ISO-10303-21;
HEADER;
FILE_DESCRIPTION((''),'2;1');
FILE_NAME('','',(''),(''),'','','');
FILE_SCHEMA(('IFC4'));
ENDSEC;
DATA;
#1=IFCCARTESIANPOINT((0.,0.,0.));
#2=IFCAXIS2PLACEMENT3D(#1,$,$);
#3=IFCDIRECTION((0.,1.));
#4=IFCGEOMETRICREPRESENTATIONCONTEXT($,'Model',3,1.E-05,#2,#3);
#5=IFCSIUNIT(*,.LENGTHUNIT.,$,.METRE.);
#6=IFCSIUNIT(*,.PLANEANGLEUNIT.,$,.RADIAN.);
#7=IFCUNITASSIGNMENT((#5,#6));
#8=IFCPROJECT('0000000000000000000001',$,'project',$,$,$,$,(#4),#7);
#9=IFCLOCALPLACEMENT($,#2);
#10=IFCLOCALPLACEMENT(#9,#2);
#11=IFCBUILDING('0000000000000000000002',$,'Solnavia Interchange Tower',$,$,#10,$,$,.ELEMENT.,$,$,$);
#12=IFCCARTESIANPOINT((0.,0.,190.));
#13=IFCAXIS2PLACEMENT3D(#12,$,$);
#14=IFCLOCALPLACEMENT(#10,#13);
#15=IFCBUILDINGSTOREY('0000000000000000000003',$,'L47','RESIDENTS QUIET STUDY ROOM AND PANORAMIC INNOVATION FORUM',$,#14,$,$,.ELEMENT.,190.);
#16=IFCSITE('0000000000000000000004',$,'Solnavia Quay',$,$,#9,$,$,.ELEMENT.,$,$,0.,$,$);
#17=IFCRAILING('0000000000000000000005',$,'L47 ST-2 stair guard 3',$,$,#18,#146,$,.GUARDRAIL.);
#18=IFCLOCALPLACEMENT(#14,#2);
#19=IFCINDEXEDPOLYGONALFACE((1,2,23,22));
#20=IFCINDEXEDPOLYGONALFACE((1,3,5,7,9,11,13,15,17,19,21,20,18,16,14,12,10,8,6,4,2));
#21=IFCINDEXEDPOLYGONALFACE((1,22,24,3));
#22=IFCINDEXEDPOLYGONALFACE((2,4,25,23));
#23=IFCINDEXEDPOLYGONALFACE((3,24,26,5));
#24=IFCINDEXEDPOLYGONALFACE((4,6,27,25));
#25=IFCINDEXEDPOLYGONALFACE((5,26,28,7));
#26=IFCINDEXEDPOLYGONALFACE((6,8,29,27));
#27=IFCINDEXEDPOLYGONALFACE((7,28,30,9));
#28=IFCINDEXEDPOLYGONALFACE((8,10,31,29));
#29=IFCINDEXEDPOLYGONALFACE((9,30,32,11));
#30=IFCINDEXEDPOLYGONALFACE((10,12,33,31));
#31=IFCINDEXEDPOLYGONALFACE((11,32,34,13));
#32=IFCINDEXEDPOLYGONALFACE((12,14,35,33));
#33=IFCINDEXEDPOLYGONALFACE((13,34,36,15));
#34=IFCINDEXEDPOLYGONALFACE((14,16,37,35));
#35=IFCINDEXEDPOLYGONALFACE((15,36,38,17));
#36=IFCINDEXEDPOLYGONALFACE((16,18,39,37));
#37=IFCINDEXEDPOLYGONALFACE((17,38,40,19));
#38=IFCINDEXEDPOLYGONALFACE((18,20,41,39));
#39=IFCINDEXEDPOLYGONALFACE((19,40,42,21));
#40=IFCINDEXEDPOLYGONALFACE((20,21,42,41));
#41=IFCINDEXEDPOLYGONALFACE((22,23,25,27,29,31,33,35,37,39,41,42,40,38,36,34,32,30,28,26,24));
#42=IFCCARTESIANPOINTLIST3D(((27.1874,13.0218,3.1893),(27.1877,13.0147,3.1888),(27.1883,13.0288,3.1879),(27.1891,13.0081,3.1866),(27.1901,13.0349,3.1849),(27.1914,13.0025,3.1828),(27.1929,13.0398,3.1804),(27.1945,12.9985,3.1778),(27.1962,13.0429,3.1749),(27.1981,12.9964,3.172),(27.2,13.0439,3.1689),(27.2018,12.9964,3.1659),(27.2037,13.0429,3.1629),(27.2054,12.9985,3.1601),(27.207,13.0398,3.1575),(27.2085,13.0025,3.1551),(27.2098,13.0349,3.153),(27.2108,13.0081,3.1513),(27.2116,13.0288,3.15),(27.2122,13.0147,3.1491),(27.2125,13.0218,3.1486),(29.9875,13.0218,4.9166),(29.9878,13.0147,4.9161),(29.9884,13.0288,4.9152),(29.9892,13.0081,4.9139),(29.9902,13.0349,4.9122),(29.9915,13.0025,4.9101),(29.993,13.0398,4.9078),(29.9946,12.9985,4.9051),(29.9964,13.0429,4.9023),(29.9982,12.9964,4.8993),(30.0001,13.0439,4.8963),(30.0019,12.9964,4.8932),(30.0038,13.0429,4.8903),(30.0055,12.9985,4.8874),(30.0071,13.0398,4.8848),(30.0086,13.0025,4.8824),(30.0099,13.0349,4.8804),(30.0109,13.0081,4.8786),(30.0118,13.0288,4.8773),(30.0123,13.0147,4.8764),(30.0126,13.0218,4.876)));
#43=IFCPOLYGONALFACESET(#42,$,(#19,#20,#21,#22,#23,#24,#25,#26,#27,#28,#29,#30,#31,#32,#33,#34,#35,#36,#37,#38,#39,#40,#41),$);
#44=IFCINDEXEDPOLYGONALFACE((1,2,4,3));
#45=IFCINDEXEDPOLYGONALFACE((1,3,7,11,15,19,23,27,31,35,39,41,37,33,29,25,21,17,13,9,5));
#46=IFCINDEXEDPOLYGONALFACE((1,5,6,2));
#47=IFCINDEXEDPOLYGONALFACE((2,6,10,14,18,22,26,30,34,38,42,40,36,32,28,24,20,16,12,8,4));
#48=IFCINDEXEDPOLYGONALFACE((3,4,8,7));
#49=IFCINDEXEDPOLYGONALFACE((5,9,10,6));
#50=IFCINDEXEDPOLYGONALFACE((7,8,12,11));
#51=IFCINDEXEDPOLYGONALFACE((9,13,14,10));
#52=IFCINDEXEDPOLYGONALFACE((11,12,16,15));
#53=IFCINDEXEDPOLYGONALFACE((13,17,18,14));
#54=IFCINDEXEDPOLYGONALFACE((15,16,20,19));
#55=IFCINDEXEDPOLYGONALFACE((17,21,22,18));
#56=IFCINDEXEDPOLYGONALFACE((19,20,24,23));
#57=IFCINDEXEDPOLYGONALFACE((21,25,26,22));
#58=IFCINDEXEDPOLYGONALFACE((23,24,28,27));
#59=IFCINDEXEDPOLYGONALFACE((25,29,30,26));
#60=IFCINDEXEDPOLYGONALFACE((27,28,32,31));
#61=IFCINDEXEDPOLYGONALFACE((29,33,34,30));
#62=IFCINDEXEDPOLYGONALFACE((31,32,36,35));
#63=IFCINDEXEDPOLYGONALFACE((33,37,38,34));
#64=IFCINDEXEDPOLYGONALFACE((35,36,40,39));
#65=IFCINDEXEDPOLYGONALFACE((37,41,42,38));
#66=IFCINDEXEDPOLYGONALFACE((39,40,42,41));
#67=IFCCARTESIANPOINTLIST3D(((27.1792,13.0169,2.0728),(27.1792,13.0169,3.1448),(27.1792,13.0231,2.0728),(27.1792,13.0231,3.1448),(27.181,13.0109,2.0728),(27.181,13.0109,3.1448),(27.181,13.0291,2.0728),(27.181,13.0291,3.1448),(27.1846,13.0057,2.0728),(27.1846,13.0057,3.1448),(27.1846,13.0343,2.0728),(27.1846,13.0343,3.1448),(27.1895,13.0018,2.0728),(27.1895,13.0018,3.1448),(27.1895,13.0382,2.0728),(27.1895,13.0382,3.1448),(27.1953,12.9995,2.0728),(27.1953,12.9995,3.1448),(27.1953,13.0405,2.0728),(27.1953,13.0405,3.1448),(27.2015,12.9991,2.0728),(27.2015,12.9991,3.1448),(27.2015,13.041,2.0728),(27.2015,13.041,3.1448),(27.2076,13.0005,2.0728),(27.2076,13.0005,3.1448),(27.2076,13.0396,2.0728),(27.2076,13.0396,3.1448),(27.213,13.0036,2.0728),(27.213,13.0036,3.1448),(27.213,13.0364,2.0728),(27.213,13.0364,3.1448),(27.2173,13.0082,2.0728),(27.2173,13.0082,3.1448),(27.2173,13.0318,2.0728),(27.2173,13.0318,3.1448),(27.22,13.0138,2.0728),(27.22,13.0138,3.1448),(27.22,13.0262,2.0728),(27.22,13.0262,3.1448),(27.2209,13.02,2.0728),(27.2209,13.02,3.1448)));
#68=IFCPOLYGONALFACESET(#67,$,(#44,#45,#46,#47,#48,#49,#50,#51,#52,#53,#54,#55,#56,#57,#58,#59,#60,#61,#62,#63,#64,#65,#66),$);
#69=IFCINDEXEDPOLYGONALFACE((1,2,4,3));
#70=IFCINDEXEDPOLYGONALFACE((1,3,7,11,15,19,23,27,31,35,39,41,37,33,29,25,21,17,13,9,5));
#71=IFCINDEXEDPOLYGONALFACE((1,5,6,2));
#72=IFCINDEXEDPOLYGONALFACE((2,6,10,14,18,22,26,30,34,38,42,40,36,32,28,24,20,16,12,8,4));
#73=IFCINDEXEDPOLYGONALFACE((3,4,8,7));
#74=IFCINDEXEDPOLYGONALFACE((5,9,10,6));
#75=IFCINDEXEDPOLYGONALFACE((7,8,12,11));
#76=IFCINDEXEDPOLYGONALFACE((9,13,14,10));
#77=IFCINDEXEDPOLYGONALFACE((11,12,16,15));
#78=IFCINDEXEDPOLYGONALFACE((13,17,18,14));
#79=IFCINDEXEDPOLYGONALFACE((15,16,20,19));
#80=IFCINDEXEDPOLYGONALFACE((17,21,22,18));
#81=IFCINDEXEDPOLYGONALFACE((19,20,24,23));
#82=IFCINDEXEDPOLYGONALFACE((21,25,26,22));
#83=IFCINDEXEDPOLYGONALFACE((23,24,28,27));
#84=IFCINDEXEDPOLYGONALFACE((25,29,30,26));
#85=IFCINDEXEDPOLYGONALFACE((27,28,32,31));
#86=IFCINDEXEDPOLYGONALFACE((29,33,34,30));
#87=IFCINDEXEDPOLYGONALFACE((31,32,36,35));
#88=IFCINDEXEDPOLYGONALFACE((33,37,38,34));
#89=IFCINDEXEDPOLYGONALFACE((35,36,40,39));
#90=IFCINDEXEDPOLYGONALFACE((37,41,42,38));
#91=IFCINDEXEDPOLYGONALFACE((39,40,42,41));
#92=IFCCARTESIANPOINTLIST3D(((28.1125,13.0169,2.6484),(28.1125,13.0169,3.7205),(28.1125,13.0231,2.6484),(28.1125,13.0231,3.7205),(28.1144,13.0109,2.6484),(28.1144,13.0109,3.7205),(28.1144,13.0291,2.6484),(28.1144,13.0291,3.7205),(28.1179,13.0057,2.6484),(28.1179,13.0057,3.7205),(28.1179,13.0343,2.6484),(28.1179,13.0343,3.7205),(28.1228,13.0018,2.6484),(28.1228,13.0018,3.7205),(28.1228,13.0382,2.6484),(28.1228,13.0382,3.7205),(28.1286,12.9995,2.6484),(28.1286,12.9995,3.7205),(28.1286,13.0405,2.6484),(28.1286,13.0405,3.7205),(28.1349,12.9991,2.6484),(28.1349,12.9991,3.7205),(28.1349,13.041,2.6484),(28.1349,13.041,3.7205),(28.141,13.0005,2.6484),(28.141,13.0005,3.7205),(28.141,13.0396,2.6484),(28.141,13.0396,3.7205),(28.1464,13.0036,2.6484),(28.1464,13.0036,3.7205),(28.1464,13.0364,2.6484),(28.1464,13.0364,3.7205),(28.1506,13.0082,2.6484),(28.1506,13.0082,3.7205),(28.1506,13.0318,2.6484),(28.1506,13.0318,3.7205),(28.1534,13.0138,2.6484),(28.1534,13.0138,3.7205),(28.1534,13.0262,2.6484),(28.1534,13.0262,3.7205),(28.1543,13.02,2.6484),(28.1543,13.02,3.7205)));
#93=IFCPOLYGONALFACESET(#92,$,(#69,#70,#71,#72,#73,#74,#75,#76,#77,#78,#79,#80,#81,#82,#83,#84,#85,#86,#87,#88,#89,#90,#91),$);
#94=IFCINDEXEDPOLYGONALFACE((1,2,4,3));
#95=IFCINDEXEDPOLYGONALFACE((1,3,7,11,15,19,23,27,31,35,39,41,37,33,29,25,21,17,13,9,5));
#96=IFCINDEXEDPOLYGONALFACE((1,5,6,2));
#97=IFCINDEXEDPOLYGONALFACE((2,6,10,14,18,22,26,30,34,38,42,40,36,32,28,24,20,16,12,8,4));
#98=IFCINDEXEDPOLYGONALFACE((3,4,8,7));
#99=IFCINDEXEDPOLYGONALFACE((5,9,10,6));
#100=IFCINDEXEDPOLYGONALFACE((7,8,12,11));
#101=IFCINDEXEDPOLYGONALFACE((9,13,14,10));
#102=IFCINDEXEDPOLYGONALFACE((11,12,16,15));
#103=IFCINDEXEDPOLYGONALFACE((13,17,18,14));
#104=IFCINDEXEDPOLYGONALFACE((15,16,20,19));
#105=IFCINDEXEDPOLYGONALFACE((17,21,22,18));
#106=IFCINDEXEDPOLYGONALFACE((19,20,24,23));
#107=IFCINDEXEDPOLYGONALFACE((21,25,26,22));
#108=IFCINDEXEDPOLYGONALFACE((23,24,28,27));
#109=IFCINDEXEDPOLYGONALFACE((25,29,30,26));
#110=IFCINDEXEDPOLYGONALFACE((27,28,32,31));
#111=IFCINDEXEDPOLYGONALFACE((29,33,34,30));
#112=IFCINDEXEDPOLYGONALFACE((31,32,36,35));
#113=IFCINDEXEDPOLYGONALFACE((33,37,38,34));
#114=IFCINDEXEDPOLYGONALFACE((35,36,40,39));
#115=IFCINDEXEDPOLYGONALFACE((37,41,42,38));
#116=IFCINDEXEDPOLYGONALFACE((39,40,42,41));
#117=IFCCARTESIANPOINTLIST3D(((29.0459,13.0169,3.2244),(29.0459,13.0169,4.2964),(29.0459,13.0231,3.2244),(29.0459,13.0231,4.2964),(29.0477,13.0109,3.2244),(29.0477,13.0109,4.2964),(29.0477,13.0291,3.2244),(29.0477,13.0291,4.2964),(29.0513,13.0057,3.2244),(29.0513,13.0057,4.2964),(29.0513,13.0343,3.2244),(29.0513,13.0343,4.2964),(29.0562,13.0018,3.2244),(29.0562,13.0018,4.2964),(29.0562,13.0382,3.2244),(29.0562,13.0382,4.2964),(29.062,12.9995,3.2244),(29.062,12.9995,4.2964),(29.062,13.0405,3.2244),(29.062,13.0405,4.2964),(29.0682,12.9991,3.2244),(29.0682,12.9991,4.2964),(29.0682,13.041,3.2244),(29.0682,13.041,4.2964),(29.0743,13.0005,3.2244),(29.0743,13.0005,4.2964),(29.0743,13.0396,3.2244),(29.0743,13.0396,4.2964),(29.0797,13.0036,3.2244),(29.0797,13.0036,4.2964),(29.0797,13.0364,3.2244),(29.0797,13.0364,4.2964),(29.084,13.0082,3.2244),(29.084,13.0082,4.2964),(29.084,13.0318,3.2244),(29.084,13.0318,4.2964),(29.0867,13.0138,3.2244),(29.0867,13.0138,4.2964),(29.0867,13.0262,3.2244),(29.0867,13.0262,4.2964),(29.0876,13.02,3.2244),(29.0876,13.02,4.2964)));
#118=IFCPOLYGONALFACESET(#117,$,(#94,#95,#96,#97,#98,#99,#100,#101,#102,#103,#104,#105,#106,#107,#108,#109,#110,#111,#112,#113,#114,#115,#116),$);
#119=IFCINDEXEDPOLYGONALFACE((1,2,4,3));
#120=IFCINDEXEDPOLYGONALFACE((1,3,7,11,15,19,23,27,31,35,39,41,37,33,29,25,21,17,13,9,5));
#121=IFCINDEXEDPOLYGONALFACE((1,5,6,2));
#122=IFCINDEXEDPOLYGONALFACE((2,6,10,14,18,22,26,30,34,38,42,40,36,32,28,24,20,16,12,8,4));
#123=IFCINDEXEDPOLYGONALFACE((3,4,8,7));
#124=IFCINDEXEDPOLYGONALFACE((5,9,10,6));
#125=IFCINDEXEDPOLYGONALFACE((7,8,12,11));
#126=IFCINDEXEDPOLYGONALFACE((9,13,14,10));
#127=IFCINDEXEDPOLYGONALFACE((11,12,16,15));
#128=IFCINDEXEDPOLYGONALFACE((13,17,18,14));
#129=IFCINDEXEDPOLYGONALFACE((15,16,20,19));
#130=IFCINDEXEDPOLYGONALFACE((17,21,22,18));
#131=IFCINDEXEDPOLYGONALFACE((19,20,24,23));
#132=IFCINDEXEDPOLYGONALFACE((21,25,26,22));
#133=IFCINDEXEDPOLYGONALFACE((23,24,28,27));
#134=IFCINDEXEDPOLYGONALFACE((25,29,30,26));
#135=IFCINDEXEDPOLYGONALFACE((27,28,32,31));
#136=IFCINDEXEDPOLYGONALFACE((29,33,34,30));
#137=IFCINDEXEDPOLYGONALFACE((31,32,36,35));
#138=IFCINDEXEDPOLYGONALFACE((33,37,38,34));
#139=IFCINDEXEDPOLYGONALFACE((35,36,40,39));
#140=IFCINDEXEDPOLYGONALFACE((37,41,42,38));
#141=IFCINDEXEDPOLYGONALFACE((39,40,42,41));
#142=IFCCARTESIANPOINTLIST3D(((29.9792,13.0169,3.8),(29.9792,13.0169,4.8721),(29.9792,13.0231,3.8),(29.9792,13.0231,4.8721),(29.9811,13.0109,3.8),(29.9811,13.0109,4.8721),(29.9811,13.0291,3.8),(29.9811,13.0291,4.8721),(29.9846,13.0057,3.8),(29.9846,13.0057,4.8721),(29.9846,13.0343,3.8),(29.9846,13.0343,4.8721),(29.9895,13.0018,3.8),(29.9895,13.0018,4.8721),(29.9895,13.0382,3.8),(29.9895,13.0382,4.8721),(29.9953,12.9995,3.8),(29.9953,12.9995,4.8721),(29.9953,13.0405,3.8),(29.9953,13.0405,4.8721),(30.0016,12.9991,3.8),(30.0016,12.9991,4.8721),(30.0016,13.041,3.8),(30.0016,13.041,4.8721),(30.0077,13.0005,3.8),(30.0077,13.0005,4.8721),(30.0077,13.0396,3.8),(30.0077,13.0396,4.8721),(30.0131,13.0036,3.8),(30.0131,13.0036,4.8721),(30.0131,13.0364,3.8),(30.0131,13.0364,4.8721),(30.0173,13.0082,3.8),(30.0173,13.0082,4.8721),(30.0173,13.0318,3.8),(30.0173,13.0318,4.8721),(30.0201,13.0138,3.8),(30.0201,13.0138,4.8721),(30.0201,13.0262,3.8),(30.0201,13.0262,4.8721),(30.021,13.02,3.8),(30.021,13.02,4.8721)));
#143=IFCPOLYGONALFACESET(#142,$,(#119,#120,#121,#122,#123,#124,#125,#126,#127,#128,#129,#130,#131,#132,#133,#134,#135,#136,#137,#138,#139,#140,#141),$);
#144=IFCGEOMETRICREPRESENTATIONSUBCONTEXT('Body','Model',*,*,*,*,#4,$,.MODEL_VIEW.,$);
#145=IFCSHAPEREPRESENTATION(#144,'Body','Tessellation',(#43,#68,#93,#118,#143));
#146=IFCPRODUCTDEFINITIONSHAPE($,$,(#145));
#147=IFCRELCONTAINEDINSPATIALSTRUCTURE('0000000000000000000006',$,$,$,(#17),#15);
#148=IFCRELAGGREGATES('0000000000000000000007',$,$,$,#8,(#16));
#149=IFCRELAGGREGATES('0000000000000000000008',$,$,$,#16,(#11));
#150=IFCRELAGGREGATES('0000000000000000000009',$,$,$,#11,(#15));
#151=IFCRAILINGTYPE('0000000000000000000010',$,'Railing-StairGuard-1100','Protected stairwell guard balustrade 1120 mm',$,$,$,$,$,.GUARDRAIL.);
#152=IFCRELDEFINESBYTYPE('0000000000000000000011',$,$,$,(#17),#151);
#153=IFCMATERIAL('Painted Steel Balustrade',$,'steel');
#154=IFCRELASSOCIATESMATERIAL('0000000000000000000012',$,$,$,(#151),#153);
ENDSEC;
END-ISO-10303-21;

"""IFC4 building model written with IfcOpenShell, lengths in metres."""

from ifc_helpers import new_model, si_unit, direction, frame, origin, origin_2d, place, context, subcontext, project, spatial, circle, extrude, material, type_object, element, save


model = new_model("IFC4")

# Units and contexts
model_context = context("Model", 3, precision=1e-05, world=origin(), true_north=direction((0.0, 1.0)))
body_context = subcontext(model_context, "Body", "Model", "MODEL_VIEW")
ifc_project = project(units=[si_unit("LENGTHUNIT", "METRE"), si_unit("PLANEANGLEUNIT", "RADIAN")], contexts=[model_context])

# Site, building, storey
site_placement = place(None, origin())
site = spatial("IfcSite", under=ifc_project, at=site_placement, Name="Solnavia Quay", CompositionType="ELEMENT", RefElevation=0.0)
building_placement = place(site_placement, origin())
building = spatial("IfcBuilding", under=site, at=building_placement, Name="Solnavia Interchange Tower", CompositionType="ELEMENT")
storey_placement = place(building_placement, frame((0.0, 0.0, 190.0)))
storey = spatial("IfcBuildingStorey", under=building, at=storey_placement, Name="L47", Description="RESIDENTS QUIET STUDY ROOM AND PANORAMIC INNOVATION FORUM", CompositionType="ELEMENT", Elevation=190.0)

# Railing
ifc_material_1 = material(Name="Painted Steel Balustrade", Category="steel")
railing_type_1 = type_object("IfcRailingType", Name="Railing-StairGuard-1100", Description="Protected stairwell guard balustrade 1120 mm", PredefinedType="GUARDRAIL", material=ifc_material_1)
railing_1_placement = place(storey_placement, frame((27.2, 13.02, 2.0728)))
element("IfcRailing", 1, at=railing_1_placement, inside=storey, type_object=railing_type_1, Name="L47 ST-2 stair guard 3", PredefinedType="GUARDRAIL", context=body_context, shape_type="SweptSolid", body=[
    extrude(circle(Radius=0.0239, at=origin_2d()), frame((0.0, 0.0, 1.0962), z_axis=(0.85109, 0.0, 0.52502), x_axis=(0.0, 1.0, 0.0)), (0.0, 0.0, 1.0), 3.29),
    extrude(circle(Radius=0.021, at=origin_2d()), origin(), (0.0, 0.0, 1.0), 1.072),
    extrude(circle(Radius=0.021, at=origin_2d()), frame((0.9333, 0.0, 0.5757)), (0.0, 0.0, 1.0), 1.072),
    extrude(circle(Radius=0.021, at=origin_2d()), frame((1.8667, 0.0, 1.1516)), (0.0, 0.0, 1.0), 1.072),
    extrude(circle(Radius=0.021, at=origin_2d()), frame((2.8, 0.0, 1.7273)), (0.0, 0.0, 1.0), 1.072),
])

save(model, "model.ifc")
